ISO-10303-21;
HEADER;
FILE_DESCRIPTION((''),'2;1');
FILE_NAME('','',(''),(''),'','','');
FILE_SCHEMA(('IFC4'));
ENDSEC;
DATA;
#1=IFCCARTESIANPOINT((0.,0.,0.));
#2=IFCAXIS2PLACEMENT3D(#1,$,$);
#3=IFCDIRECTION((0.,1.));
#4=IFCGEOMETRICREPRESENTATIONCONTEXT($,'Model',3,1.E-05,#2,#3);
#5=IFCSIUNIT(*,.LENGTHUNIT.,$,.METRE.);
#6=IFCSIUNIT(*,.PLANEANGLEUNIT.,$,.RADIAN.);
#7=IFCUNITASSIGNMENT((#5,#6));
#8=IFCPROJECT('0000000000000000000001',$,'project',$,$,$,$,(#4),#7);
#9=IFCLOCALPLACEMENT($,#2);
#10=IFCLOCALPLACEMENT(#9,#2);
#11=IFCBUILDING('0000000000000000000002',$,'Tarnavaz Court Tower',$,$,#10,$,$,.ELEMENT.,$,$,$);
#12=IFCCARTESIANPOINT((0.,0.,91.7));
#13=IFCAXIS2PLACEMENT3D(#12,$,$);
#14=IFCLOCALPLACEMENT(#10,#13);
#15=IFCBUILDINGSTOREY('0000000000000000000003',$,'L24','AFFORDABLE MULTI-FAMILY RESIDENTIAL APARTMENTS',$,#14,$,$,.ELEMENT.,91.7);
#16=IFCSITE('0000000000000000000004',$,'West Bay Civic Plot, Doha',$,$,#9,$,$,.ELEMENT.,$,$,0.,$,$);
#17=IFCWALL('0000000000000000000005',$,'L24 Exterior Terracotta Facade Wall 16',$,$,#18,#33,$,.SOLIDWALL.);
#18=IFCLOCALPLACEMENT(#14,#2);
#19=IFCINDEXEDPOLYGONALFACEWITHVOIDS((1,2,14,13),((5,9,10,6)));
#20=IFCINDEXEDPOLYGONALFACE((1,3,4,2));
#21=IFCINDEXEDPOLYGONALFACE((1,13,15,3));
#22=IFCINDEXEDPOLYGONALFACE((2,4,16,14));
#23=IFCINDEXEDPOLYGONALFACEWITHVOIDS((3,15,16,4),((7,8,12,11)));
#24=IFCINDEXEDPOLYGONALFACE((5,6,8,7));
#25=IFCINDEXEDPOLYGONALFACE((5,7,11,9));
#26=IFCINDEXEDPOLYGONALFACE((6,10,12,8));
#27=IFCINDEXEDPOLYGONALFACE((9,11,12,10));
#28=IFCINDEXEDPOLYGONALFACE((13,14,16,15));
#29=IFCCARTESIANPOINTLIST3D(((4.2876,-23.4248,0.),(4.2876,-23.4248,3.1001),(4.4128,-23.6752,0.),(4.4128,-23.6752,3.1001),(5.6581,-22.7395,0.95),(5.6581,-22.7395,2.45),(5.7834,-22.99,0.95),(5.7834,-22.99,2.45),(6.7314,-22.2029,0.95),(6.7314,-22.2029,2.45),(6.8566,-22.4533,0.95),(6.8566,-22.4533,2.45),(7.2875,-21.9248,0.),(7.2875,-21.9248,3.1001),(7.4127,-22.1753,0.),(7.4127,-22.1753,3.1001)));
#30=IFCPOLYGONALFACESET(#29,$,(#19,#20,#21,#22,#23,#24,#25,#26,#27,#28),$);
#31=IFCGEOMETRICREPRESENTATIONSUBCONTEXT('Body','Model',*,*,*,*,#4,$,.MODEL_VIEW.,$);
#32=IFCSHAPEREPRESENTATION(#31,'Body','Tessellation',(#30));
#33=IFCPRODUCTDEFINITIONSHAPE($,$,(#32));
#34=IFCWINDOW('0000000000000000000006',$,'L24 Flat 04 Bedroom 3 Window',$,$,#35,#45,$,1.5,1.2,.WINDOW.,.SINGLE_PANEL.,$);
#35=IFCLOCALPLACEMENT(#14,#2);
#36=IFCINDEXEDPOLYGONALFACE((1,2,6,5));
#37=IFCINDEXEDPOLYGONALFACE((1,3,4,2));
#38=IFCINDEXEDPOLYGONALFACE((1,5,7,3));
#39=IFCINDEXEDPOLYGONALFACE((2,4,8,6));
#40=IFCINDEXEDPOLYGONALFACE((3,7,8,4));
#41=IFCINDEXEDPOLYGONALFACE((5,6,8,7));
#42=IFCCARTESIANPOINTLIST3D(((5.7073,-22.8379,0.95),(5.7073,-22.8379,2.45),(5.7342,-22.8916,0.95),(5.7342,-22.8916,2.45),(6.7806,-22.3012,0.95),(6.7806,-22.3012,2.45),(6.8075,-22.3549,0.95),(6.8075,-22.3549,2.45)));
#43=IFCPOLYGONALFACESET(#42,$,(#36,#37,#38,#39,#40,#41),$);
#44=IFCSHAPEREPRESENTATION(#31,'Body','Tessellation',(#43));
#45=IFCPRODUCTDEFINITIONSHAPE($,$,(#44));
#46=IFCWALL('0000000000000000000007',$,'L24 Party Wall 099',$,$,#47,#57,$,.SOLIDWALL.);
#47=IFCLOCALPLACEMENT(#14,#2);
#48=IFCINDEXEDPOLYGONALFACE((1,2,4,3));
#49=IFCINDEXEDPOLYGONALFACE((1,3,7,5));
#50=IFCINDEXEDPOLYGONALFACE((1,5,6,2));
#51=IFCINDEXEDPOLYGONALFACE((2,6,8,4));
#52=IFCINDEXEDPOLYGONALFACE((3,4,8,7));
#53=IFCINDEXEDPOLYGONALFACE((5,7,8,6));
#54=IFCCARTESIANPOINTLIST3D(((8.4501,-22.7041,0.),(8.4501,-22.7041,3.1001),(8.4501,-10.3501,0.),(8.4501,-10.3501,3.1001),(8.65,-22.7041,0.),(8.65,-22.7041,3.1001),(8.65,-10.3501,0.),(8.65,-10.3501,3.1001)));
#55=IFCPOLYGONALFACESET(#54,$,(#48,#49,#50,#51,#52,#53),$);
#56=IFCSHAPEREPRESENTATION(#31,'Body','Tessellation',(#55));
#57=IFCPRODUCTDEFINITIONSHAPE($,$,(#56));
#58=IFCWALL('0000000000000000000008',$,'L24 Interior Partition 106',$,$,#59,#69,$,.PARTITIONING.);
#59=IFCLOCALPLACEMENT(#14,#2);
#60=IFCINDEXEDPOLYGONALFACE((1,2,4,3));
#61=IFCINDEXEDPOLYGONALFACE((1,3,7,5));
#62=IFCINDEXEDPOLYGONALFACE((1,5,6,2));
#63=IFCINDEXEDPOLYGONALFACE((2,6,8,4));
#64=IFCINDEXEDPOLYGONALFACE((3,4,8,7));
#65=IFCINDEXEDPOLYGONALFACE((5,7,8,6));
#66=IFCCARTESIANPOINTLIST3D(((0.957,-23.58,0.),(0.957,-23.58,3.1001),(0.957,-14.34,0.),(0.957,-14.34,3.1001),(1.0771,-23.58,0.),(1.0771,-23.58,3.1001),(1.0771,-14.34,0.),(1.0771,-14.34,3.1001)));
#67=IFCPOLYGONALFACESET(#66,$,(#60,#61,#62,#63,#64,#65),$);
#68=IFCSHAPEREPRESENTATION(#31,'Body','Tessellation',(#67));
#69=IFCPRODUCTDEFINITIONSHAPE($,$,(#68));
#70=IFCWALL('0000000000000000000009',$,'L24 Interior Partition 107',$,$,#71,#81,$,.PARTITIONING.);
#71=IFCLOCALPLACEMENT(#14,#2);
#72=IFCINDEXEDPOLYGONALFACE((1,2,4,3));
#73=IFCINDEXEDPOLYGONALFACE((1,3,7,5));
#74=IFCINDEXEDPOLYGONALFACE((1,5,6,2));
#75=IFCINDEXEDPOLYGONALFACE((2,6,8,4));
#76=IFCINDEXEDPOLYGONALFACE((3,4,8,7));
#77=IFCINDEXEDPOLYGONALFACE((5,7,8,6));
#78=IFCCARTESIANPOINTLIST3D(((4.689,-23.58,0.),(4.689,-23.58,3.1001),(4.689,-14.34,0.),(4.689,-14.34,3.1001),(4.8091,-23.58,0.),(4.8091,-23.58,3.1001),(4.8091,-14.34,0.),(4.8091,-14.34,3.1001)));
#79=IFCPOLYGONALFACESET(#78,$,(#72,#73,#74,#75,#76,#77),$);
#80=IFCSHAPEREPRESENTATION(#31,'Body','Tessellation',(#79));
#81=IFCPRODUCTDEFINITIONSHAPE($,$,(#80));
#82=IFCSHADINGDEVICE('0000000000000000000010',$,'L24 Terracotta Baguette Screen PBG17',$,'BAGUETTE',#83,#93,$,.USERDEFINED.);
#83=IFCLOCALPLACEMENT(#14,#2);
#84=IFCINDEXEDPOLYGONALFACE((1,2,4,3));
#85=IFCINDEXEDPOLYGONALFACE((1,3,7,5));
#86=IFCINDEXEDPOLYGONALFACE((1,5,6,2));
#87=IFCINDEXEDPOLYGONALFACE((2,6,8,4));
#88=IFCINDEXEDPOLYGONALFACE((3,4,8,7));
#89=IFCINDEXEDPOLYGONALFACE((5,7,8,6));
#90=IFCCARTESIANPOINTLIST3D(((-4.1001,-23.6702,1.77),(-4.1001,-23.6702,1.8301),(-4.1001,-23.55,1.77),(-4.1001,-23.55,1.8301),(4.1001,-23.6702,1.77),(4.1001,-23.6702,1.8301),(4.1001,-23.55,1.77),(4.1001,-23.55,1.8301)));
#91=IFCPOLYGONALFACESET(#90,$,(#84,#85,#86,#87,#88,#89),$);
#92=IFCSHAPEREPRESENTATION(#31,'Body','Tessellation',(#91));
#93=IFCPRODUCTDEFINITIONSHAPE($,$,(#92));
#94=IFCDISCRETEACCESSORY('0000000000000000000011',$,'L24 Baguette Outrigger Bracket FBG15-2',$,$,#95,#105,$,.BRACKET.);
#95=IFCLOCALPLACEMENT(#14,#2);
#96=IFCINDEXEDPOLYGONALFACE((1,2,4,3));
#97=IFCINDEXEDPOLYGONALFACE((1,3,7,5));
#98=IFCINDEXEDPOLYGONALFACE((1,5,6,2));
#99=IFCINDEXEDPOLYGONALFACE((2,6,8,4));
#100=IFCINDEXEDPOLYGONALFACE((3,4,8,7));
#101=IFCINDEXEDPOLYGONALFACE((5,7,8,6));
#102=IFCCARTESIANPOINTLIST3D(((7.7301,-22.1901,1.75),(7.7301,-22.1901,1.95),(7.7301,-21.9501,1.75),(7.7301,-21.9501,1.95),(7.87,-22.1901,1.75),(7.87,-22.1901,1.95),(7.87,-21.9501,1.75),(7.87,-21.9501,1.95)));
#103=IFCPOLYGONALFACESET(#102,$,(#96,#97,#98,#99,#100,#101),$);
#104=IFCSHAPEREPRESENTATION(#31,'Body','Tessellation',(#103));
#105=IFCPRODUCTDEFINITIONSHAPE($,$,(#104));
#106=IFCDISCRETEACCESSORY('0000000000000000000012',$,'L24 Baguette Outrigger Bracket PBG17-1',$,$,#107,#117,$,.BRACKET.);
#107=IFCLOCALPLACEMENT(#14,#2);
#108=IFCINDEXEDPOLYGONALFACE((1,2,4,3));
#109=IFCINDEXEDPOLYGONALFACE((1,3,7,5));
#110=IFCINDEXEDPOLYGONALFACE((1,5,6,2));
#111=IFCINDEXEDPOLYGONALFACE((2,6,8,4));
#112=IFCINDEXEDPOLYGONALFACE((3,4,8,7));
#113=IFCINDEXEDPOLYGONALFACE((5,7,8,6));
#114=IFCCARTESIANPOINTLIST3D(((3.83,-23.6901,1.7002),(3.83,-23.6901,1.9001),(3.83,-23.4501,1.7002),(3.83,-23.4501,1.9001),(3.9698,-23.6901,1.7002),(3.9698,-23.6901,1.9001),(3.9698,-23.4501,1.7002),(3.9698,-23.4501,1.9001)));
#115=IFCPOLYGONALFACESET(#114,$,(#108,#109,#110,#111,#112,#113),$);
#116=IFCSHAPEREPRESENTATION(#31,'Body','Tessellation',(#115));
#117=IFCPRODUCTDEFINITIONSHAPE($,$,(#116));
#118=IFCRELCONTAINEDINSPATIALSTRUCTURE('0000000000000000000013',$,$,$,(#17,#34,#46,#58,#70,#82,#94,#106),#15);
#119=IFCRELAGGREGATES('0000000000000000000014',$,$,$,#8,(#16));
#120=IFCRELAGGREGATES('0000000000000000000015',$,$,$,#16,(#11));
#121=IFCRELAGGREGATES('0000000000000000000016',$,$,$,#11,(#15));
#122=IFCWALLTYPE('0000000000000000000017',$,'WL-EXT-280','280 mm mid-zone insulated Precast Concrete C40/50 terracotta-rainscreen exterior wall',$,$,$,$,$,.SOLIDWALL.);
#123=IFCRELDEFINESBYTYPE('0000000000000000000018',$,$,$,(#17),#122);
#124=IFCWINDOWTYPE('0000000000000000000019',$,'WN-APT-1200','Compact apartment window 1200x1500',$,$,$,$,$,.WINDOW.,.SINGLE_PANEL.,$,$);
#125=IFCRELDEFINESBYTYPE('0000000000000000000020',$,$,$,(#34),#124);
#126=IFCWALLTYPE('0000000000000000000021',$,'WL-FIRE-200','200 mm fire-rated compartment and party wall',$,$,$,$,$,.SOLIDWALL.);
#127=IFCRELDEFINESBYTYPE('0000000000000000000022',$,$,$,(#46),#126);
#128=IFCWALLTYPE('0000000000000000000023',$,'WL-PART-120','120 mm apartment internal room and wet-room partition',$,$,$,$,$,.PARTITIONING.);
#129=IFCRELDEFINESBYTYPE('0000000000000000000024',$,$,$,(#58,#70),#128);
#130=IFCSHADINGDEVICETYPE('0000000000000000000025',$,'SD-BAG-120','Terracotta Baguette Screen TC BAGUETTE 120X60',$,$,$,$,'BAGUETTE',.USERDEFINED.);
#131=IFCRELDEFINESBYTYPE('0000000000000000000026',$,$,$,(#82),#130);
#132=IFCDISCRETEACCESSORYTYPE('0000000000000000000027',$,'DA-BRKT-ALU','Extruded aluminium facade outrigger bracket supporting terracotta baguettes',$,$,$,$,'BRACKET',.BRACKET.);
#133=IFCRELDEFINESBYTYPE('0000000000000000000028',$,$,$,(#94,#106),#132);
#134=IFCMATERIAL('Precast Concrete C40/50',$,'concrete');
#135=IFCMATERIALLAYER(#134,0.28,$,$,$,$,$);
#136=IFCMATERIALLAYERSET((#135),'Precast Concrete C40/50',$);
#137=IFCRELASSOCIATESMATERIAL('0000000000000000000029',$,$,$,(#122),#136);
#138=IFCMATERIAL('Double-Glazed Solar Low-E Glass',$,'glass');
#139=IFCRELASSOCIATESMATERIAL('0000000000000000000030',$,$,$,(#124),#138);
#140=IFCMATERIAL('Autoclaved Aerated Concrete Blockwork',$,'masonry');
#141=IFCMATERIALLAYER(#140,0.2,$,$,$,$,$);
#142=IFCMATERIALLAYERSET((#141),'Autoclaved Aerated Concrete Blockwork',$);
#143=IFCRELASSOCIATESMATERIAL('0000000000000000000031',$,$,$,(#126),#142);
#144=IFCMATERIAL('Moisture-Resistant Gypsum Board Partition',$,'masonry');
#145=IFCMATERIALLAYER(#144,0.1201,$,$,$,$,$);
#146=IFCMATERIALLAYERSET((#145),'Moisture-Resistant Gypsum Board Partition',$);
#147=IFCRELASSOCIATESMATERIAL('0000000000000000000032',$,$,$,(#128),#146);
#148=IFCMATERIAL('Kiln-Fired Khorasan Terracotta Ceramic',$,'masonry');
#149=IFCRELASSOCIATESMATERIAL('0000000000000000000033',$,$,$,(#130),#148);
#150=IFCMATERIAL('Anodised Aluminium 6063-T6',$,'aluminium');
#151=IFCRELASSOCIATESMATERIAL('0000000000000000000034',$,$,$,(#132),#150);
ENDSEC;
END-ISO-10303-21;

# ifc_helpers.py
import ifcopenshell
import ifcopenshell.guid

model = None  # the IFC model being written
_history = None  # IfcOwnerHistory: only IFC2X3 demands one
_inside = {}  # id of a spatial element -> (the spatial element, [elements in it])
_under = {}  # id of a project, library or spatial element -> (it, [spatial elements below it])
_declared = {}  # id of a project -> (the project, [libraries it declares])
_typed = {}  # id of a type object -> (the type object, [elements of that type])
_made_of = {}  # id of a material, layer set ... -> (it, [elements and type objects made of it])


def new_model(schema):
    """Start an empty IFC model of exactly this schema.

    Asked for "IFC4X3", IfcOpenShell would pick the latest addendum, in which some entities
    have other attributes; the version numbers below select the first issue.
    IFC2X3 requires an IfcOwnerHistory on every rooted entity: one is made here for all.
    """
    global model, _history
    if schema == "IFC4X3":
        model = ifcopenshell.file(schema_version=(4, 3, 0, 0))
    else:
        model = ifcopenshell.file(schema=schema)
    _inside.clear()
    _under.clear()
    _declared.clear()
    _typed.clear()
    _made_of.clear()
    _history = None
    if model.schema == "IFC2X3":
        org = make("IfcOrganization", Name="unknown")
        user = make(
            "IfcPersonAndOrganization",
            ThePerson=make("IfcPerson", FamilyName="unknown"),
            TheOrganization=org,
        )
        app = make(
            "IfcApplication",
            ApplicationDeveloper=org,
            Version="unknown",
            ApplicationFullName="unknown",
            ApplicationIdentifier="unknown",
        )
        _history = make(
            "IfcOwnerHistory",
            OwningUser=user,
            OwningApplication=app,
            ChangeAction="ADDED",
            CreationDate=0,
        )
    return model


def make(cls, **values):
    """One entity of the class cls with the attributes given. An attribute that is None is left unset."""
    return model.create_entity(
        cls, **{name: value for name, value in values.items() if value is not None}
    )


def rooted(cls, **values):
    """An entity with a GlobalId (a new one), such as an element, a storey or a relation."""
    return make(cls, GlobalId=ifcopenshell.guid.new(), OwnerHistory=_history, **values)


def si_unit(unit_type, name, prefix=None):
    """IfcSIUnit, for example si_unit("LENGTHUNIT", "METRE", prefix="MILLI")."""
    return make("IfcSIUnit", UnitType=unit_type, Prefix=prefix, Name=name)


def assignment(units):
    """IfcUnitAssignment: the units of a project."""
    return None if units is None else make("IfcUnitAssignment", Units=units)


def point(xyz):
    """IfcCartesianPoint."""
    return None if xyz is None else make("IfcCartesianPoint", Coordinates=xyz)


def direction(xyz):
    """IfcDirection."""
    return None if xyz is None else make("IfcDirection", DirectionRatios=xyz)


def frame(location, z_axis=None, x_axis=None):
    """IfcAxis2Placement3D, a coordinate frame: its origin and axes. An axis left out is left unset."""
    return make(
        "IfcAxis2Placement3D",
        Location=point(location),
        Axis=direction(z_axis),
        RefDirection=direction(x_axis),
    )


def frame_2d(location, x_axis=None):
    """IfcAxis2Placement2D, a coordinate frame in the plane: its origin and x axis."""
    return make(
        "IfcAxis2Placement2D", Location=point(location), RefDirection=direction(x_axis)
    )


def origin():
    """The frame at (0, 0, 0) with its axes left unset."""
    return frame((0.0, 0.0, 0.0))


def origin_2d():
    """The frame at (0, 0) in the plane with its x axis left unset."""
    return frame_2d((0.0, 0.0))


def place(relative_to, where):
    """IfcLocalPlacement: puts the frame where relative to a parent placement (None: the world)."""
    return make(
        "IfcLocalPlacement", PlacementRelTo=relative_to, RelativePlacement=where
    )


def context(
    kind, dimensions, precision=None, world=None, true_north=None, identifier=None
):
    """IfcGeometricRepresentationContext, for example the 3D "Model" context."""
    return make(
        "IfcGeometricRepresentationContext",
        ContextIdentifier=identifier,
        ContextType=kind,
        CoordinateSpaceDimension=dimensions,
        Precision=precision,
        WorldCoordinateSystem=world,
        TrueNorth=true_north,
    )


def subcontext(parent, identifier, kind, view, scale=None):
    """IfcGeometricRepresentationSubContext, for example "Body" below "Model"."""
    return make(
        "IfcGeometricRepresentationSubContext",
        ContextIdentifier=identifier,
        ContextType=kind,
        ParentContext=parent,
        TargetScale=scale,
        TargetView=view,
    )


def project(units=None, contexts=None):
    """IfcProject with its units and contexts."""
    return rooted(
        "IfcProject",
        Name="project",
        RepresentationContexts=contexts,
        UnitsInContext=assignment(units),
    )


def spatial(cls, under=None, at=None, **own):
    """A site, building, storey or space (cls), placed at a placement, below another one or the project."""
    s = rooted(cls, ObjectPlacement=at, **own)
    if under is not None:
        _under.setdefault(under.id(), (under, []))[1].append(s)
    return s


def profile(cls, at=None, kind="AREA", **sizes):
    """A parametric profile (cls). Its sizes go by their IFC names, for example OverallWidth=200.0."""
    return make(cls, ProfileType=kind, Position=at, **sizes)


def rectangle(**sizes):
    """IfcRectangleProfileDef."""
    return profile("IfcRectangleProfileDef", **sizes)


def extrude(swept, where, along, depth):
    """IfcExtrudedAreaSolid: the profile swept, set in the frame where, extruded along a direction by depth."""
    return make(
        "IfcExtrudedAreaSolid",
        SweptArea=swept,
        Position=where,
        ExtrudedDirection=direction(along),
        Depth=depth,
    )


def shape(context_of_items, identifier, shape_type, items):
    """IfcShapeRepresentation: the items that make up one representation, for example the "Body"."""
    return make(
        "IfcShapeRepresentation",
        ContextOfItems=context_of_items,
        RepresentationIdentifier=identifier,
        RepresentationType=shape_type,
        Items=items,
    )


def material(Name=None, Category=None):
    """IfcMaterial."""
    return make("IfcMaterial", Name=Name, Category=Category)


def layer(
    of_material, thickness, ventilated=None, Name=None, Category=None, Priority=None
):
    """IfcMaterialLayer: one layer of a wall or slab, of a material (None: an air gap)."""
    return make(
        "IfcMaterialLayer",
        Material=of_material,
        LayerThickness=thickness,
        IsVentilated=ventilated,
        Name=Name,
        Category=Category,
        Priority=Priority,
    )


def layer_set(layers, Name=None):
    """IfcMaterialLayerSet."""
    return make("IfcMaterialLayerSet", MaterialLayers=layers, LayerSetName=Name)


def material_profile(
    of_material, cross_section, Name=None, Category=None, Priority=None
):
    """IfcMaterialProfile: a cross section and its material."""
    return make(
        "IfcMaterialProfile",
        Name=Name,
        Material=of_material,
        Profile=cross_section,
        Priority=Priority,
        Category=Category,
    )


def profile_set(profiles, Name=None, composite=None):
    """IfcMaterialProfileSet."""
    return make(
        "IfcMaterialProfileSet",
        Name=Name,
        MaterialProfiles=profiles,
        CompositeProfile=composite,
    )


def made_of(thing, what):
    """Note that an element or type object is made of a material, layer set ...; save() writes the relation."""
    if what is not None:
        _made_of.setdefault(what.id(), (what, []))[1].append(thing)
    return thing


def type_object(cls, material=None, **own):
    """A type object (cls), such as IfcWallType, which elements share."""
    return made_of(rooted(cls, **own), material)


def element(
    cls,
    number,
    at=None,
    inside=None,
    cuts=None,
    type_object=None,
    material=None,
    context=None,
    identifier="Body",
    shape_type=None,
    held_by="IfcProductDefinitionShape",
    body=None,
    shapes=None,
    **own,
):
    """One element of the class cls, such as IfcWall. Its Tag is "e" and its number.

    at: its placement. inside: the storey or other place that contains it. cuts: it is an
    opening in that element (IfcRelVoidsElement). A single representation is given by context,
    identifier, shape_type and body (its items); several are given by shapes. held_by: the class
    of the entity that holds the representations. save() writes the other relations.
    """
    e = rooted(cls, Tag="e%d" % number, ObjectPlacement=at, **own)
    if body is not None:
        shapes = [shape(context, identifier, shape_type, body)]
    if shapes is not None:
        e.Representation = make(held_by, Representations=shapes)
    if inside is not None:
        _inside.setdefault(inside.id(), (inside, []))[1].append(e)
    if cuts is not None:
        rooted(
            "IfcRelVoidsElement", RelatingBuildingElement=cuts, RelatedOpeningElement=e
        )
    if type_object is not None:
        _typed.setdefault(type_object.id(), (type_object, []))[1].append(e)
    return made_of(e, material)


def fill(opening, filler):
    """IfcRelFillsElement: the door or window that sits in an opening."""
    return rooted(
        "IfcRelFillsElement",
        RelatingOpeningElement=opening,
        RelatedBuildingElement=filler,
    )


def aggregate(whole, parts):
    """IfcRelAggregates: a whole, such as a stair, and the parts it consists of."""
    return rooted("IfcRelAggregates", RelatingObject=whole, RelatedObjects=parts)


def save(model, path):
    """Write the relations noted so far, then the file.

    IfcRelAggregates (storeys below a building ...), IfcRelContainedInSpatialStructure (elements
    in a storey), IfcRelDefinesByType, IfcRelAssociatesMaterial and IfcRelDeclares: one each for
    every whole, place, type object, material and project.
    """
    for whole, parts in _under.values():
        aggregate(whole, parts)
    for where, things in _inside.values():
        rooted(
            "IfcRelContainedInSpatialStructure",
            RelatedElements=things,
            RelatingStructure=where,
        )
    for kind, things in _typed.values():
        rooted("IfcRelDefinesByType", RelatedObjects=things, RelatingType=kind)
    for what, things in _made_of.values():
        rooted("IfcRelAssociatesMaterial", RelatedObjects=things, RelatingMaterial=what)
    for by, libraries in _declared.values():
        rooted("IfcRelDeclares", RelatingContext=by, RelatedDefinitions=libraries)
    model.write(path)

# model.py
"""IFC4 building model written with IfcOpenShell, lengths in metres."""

from ifc_helpers import new_model, si_unit, direction, frame, frame_2d, origin, origin_2d, place, context, subcontext, project, spatial, rectangle, extrude, material, layer, layer_set, material_profile, profile_set, type_object, element, fill, save


model = new_model("IFC4")

# Units and contexts
model_context = context("Model", 3, precision=1e-05, world=origin(), true_north=direction((0.0, 1.0)))
body_context = subcontext(model_context, "Body", "Model", "MODEL_VIEW")
ifc_project = project(units=[si_unit("LENGTHUNIT", "METRE"), si_unit("PLANEANGLEUNIT", "RADIAN")], contexts=[model_context])

# Site, building, storey
site_placement = place(None, origin())
site = spatial("IfcSite", under=ifc_project, at=site_placement, Name="West Bay Civic Plot, Doha", CompositionType="ELEMENT", RefElevation=0.0)
building_placement = place(site_placement, origin())
building = spatial("IfcBuilding", under=site, at=building_placement, Name="Tarnavaz Court Tower", CompositionType="ELEMENT")
storey_placement = place(building_placement, frame((0.0, 0.0, 91.7)))
storey = spatial("IfcBuildingStorey", under=building, at=storey_placement, Name="L24", Description="AFFORDABLE MULTI-FAMILY RESIDENTIAL APARTMENTS", CompositionType="ELEMENT", Elevation=91.7)

# Shared definitions
ifc_material_1 = material(Name="Anodised Aluminium 6063-T6", Category="aluminium")
ifc_material_2 = material(Name="Double-Glazed Solar Low-E Glass", Category="glass")

# Wall, opening, window
ifc_material_3 = material(Name="Precast Concrete C40/50", Category="concrete")
ifc_layer_1 = layer(ifc_material_3, 0.28)
ifc_layer_set_1 = layer_set([ifc_layer_1], Name="Precast Concrete C40/50")
wall_type_1 = type_object("IfcWallType", Name="WL-EXT-280", Description="280 mm mid-zone insulated Precast Concrete C40/50 terracotta-rainscreen exterior wall", PredefinedType="SOLIDWALL", material=ifc_layer_set_1)
wall_1_placement = place(storey_placement, frame((7.3501, -22.05, 0.0), z_axis=(0.0, 0.0, 1.0), x_axis=(-0.894427, -0.447214, 0.0)))
wall_1 = element("IfcWall", 1, at=wall_1_placement, inside=storey, type_object=wall_type_1, Name="L24 Exterior Terracotta Facade Wall 16", PredefinedType="SOLIDWALL", context=body_context, shape_type="SweptSolid", body=[
    extrude(rectangle(XDim=3.354, YDim=0.28, at=frame_2d((1.677, 0.0))), origin(), (0.0, 0.0, 1.0), 3.1001),
])
opening_placement = place(wall_1_placement, frame((0.6216, 0.0, 0.95)))
opening = element("IfcOpeningElement", 2, at=opening_placement, cuts=wall_1, PredefinedType="OPENING", context=body_context, shape_type="SweptSolid", body=[
    extrude(rectangle(XDim=1.2, YDim=1.5, at=frame_2d((0.6001, 0.75))), frame((0.0, 0.1499, 0.0), z_axis=(0.0, -1.0, 0.0), x_axis=(1.0, 0.0, 0.0)), (0.0, 0.0, 1.0), 0.3),
])
window_type = type_object("IfcWindowType", Name="WN-APT-1200", Description="Compact apartment window 1200x1500", PartitioningType="SINGLE_PANEL", PredefinedType="WINDOW", material=ifc_material_2)
window_placement = place(opening_placement, origin())
window = element("IfcWindow", 3, at=window_placement, inside=storey, type_object=window_type, Name="L24 Flat 04 Bedroom 3 Window", OverallHeight=1.5, OverallWidth=1.2, PartitioningType="SINGLE_PANEL", PredefinedType="WINDOW", context=body_context, shape_type="SweptSolid", body=[
    extrude(rectangle(XDim=1.2, YDim=1.5, at=frame_2d((0.6001, 0.75))), frame((0.0, 0.03, 0.0), z_axis=(0.0, -1.0, 0.0), x_axis=(1.0, 0.0, 0.0)), (0.0, 0.0, 1.0), 0.0601),
])
fill(opening, window)

# Walls
ifc_material_4 = material(Name="Autoclaved Aerated Concrete Blockwork", Category="masonry")
ifc_layer_2 = layer(ifc_material_4, 0.2)
ifc_layer_set_2 = layer_set([ifc_layer_2], Name="Autoclaved Aerated Concrete Blockwork")
wall_type_2 = type_object("IfcWallType", Name="WL-FIRE-200", Description="200 mm fire-rated compartment and party wall", PredefinedType="SOLIDWALL", material=ifc_layer_set_2)
wall_2_placement = place(storey_placement, frame((8.55, -22.7041, 0.0), z_axis=(0.0, 0.0, 1.0), x_axis=(0.0, 1.0, 0.0)))
element("IfcWall", 4, at=wall_2_placement, inside=storey, type_object=wall_type_2, Name="L24 Party Wall 099", PredefinedType="SOLIDWALL", context=body_context, shape_type="SweptSolid", body=[
    extrude(rectangle(XDim=12.354, YDim=0.2, at=frame_2d((6.177, 0.0))), origin(), (0.0, 0.0, 1.0), 3.1001),
])
ifc_material_5 = material(Name="Moisture-Resistant Gypsum Board Partition", Category="masonry")
ifc_layer_3 = layer(ifc_material_5, 0.1201)
ifc_layer_set_3 = layer_set([ifc_layer_3], Name="Moisture-Resistant Gypsum Board Partition")
wall_type_3 = type_object("IfcWallType", Name="WL-PART-120", Description="120 mm apartment internal room and wet-room partition", PredefinedType="PARTITIONING", material=ifc_layer_set_3)
for number, where, z_axis, x_axis, name in (
    (5, (1.0171, -23.5801, 0.0), (0.0, 0.0, 1.0), (0.0, 1.0, 0.0), "L24 Interior Partition 106"),
    (6, (4.749, -23.5801, 0.0), (0.0, 0.0, 1.0), (0.0, 1.0, 0.0), "L24 Interior Partition 107"),
):
    element("IfcWall", number, at=place(storey_placement, frame(where, z_axis=z_axis, x_axis=x_axis)), inside=storey, type_object=wall_type_3, Name=name, PredefinedType="PARTITIONING", context=body_context, shape_type="SweptSolid", body=[
        extrude(rectangle(XDim=9.24, YDim=0.1201, at=frame_2d((4.6201, 0.0))), origin(), (0.0, 0.0, 1.0), 3.1001),
    ])

# Shading device
ifc_material_6 = material(Name="Kiln-Fired Khorasan Terracotta Ceramic", Category="masonry")
ifc_material_profile_1 = material_profile(ifc_material_6, rectangle(XDim=0.1201, YDim=0.0601, at=origin_2d()), Name="TC BAGUETTE 120X60")
ifc_profile_set_1 = profile_set([ifc_material_profile_1], Name="Kiln-Fired Khorasan Terracotta Ceramic")
shading_device_type = type_object("IfcShadingDeviceType", Name="SD-BAG-120", Description="Terracotta Baguette Screen TC BAGUETTE 120X60", ElementType="BAGUETTE", PredefinedType="USERDEFINED", material=ifc_profile_set_1)
shading_device_placement = place(storey_placement, frame((4.1001, -23.6101, 1.8), z_axis=(-1.0, 0.0, 0.0), x_axis=(0.0, -1.0, 0.0)))
element("IfcShadingDevice", 7, at=shading_device_placement, inside=storey, type_object=shading_device_type, Name="L24 Terracotta Baguette Screen PBG17", ObjectType="BAGUETTE", PredefinedType="USERDEFINED", context=body_context, shape_type="SweptSolid", body=[
    extrude(rectangle(XDim=0.1201, YDim=0.0601, at=origin_2d()), origin(), (0.0, 0.0, 1.0), 8.2002),
])

# Discrete accessories
discrete_accessory_type = type_object("IfcDiscreteAccessoryType", Name="DA-BRKT-ALU", Description="Extruded aluminium facade outrigger bracket supporting terracotta baguettes", ElementType="BRACKET", PredefinedType="BRACKET", material=ifc_material_1)
for number, where, z_axis, x_axis, name in (
    (8, (7.8, -22.0701, 1.75), (0.0, 0.0, 1.0), (-1.0, 0.0, 0.0), "L24 Baguette Outrigger Bracket FBG15-2"),
    (9, (3.8999, -23.5701, 1.7002), (0.0, 0.0, 1.0), (-1.0, 0.0, 0.0), "L24 Baguette Outrigger Bracket PBG17-1"),
):
    element("IfcDiscreteAccessory", number, at=place(storey_placement, frame(where, z_axis=z_axis, x_axis=x_axis)), inside=storey, type_object=discrete_accessory_type, Name=name, PredefinedType="BRACKET", context=body_context, shape_type="SweptSolid", body=[
        extrude(rectangle(XDim=0.1399, YDim=0.24, at=origin_2d()), origin(), (0.0, 0.0, 1.0), 0.2),
    ])

save(model, "model.ifc")
